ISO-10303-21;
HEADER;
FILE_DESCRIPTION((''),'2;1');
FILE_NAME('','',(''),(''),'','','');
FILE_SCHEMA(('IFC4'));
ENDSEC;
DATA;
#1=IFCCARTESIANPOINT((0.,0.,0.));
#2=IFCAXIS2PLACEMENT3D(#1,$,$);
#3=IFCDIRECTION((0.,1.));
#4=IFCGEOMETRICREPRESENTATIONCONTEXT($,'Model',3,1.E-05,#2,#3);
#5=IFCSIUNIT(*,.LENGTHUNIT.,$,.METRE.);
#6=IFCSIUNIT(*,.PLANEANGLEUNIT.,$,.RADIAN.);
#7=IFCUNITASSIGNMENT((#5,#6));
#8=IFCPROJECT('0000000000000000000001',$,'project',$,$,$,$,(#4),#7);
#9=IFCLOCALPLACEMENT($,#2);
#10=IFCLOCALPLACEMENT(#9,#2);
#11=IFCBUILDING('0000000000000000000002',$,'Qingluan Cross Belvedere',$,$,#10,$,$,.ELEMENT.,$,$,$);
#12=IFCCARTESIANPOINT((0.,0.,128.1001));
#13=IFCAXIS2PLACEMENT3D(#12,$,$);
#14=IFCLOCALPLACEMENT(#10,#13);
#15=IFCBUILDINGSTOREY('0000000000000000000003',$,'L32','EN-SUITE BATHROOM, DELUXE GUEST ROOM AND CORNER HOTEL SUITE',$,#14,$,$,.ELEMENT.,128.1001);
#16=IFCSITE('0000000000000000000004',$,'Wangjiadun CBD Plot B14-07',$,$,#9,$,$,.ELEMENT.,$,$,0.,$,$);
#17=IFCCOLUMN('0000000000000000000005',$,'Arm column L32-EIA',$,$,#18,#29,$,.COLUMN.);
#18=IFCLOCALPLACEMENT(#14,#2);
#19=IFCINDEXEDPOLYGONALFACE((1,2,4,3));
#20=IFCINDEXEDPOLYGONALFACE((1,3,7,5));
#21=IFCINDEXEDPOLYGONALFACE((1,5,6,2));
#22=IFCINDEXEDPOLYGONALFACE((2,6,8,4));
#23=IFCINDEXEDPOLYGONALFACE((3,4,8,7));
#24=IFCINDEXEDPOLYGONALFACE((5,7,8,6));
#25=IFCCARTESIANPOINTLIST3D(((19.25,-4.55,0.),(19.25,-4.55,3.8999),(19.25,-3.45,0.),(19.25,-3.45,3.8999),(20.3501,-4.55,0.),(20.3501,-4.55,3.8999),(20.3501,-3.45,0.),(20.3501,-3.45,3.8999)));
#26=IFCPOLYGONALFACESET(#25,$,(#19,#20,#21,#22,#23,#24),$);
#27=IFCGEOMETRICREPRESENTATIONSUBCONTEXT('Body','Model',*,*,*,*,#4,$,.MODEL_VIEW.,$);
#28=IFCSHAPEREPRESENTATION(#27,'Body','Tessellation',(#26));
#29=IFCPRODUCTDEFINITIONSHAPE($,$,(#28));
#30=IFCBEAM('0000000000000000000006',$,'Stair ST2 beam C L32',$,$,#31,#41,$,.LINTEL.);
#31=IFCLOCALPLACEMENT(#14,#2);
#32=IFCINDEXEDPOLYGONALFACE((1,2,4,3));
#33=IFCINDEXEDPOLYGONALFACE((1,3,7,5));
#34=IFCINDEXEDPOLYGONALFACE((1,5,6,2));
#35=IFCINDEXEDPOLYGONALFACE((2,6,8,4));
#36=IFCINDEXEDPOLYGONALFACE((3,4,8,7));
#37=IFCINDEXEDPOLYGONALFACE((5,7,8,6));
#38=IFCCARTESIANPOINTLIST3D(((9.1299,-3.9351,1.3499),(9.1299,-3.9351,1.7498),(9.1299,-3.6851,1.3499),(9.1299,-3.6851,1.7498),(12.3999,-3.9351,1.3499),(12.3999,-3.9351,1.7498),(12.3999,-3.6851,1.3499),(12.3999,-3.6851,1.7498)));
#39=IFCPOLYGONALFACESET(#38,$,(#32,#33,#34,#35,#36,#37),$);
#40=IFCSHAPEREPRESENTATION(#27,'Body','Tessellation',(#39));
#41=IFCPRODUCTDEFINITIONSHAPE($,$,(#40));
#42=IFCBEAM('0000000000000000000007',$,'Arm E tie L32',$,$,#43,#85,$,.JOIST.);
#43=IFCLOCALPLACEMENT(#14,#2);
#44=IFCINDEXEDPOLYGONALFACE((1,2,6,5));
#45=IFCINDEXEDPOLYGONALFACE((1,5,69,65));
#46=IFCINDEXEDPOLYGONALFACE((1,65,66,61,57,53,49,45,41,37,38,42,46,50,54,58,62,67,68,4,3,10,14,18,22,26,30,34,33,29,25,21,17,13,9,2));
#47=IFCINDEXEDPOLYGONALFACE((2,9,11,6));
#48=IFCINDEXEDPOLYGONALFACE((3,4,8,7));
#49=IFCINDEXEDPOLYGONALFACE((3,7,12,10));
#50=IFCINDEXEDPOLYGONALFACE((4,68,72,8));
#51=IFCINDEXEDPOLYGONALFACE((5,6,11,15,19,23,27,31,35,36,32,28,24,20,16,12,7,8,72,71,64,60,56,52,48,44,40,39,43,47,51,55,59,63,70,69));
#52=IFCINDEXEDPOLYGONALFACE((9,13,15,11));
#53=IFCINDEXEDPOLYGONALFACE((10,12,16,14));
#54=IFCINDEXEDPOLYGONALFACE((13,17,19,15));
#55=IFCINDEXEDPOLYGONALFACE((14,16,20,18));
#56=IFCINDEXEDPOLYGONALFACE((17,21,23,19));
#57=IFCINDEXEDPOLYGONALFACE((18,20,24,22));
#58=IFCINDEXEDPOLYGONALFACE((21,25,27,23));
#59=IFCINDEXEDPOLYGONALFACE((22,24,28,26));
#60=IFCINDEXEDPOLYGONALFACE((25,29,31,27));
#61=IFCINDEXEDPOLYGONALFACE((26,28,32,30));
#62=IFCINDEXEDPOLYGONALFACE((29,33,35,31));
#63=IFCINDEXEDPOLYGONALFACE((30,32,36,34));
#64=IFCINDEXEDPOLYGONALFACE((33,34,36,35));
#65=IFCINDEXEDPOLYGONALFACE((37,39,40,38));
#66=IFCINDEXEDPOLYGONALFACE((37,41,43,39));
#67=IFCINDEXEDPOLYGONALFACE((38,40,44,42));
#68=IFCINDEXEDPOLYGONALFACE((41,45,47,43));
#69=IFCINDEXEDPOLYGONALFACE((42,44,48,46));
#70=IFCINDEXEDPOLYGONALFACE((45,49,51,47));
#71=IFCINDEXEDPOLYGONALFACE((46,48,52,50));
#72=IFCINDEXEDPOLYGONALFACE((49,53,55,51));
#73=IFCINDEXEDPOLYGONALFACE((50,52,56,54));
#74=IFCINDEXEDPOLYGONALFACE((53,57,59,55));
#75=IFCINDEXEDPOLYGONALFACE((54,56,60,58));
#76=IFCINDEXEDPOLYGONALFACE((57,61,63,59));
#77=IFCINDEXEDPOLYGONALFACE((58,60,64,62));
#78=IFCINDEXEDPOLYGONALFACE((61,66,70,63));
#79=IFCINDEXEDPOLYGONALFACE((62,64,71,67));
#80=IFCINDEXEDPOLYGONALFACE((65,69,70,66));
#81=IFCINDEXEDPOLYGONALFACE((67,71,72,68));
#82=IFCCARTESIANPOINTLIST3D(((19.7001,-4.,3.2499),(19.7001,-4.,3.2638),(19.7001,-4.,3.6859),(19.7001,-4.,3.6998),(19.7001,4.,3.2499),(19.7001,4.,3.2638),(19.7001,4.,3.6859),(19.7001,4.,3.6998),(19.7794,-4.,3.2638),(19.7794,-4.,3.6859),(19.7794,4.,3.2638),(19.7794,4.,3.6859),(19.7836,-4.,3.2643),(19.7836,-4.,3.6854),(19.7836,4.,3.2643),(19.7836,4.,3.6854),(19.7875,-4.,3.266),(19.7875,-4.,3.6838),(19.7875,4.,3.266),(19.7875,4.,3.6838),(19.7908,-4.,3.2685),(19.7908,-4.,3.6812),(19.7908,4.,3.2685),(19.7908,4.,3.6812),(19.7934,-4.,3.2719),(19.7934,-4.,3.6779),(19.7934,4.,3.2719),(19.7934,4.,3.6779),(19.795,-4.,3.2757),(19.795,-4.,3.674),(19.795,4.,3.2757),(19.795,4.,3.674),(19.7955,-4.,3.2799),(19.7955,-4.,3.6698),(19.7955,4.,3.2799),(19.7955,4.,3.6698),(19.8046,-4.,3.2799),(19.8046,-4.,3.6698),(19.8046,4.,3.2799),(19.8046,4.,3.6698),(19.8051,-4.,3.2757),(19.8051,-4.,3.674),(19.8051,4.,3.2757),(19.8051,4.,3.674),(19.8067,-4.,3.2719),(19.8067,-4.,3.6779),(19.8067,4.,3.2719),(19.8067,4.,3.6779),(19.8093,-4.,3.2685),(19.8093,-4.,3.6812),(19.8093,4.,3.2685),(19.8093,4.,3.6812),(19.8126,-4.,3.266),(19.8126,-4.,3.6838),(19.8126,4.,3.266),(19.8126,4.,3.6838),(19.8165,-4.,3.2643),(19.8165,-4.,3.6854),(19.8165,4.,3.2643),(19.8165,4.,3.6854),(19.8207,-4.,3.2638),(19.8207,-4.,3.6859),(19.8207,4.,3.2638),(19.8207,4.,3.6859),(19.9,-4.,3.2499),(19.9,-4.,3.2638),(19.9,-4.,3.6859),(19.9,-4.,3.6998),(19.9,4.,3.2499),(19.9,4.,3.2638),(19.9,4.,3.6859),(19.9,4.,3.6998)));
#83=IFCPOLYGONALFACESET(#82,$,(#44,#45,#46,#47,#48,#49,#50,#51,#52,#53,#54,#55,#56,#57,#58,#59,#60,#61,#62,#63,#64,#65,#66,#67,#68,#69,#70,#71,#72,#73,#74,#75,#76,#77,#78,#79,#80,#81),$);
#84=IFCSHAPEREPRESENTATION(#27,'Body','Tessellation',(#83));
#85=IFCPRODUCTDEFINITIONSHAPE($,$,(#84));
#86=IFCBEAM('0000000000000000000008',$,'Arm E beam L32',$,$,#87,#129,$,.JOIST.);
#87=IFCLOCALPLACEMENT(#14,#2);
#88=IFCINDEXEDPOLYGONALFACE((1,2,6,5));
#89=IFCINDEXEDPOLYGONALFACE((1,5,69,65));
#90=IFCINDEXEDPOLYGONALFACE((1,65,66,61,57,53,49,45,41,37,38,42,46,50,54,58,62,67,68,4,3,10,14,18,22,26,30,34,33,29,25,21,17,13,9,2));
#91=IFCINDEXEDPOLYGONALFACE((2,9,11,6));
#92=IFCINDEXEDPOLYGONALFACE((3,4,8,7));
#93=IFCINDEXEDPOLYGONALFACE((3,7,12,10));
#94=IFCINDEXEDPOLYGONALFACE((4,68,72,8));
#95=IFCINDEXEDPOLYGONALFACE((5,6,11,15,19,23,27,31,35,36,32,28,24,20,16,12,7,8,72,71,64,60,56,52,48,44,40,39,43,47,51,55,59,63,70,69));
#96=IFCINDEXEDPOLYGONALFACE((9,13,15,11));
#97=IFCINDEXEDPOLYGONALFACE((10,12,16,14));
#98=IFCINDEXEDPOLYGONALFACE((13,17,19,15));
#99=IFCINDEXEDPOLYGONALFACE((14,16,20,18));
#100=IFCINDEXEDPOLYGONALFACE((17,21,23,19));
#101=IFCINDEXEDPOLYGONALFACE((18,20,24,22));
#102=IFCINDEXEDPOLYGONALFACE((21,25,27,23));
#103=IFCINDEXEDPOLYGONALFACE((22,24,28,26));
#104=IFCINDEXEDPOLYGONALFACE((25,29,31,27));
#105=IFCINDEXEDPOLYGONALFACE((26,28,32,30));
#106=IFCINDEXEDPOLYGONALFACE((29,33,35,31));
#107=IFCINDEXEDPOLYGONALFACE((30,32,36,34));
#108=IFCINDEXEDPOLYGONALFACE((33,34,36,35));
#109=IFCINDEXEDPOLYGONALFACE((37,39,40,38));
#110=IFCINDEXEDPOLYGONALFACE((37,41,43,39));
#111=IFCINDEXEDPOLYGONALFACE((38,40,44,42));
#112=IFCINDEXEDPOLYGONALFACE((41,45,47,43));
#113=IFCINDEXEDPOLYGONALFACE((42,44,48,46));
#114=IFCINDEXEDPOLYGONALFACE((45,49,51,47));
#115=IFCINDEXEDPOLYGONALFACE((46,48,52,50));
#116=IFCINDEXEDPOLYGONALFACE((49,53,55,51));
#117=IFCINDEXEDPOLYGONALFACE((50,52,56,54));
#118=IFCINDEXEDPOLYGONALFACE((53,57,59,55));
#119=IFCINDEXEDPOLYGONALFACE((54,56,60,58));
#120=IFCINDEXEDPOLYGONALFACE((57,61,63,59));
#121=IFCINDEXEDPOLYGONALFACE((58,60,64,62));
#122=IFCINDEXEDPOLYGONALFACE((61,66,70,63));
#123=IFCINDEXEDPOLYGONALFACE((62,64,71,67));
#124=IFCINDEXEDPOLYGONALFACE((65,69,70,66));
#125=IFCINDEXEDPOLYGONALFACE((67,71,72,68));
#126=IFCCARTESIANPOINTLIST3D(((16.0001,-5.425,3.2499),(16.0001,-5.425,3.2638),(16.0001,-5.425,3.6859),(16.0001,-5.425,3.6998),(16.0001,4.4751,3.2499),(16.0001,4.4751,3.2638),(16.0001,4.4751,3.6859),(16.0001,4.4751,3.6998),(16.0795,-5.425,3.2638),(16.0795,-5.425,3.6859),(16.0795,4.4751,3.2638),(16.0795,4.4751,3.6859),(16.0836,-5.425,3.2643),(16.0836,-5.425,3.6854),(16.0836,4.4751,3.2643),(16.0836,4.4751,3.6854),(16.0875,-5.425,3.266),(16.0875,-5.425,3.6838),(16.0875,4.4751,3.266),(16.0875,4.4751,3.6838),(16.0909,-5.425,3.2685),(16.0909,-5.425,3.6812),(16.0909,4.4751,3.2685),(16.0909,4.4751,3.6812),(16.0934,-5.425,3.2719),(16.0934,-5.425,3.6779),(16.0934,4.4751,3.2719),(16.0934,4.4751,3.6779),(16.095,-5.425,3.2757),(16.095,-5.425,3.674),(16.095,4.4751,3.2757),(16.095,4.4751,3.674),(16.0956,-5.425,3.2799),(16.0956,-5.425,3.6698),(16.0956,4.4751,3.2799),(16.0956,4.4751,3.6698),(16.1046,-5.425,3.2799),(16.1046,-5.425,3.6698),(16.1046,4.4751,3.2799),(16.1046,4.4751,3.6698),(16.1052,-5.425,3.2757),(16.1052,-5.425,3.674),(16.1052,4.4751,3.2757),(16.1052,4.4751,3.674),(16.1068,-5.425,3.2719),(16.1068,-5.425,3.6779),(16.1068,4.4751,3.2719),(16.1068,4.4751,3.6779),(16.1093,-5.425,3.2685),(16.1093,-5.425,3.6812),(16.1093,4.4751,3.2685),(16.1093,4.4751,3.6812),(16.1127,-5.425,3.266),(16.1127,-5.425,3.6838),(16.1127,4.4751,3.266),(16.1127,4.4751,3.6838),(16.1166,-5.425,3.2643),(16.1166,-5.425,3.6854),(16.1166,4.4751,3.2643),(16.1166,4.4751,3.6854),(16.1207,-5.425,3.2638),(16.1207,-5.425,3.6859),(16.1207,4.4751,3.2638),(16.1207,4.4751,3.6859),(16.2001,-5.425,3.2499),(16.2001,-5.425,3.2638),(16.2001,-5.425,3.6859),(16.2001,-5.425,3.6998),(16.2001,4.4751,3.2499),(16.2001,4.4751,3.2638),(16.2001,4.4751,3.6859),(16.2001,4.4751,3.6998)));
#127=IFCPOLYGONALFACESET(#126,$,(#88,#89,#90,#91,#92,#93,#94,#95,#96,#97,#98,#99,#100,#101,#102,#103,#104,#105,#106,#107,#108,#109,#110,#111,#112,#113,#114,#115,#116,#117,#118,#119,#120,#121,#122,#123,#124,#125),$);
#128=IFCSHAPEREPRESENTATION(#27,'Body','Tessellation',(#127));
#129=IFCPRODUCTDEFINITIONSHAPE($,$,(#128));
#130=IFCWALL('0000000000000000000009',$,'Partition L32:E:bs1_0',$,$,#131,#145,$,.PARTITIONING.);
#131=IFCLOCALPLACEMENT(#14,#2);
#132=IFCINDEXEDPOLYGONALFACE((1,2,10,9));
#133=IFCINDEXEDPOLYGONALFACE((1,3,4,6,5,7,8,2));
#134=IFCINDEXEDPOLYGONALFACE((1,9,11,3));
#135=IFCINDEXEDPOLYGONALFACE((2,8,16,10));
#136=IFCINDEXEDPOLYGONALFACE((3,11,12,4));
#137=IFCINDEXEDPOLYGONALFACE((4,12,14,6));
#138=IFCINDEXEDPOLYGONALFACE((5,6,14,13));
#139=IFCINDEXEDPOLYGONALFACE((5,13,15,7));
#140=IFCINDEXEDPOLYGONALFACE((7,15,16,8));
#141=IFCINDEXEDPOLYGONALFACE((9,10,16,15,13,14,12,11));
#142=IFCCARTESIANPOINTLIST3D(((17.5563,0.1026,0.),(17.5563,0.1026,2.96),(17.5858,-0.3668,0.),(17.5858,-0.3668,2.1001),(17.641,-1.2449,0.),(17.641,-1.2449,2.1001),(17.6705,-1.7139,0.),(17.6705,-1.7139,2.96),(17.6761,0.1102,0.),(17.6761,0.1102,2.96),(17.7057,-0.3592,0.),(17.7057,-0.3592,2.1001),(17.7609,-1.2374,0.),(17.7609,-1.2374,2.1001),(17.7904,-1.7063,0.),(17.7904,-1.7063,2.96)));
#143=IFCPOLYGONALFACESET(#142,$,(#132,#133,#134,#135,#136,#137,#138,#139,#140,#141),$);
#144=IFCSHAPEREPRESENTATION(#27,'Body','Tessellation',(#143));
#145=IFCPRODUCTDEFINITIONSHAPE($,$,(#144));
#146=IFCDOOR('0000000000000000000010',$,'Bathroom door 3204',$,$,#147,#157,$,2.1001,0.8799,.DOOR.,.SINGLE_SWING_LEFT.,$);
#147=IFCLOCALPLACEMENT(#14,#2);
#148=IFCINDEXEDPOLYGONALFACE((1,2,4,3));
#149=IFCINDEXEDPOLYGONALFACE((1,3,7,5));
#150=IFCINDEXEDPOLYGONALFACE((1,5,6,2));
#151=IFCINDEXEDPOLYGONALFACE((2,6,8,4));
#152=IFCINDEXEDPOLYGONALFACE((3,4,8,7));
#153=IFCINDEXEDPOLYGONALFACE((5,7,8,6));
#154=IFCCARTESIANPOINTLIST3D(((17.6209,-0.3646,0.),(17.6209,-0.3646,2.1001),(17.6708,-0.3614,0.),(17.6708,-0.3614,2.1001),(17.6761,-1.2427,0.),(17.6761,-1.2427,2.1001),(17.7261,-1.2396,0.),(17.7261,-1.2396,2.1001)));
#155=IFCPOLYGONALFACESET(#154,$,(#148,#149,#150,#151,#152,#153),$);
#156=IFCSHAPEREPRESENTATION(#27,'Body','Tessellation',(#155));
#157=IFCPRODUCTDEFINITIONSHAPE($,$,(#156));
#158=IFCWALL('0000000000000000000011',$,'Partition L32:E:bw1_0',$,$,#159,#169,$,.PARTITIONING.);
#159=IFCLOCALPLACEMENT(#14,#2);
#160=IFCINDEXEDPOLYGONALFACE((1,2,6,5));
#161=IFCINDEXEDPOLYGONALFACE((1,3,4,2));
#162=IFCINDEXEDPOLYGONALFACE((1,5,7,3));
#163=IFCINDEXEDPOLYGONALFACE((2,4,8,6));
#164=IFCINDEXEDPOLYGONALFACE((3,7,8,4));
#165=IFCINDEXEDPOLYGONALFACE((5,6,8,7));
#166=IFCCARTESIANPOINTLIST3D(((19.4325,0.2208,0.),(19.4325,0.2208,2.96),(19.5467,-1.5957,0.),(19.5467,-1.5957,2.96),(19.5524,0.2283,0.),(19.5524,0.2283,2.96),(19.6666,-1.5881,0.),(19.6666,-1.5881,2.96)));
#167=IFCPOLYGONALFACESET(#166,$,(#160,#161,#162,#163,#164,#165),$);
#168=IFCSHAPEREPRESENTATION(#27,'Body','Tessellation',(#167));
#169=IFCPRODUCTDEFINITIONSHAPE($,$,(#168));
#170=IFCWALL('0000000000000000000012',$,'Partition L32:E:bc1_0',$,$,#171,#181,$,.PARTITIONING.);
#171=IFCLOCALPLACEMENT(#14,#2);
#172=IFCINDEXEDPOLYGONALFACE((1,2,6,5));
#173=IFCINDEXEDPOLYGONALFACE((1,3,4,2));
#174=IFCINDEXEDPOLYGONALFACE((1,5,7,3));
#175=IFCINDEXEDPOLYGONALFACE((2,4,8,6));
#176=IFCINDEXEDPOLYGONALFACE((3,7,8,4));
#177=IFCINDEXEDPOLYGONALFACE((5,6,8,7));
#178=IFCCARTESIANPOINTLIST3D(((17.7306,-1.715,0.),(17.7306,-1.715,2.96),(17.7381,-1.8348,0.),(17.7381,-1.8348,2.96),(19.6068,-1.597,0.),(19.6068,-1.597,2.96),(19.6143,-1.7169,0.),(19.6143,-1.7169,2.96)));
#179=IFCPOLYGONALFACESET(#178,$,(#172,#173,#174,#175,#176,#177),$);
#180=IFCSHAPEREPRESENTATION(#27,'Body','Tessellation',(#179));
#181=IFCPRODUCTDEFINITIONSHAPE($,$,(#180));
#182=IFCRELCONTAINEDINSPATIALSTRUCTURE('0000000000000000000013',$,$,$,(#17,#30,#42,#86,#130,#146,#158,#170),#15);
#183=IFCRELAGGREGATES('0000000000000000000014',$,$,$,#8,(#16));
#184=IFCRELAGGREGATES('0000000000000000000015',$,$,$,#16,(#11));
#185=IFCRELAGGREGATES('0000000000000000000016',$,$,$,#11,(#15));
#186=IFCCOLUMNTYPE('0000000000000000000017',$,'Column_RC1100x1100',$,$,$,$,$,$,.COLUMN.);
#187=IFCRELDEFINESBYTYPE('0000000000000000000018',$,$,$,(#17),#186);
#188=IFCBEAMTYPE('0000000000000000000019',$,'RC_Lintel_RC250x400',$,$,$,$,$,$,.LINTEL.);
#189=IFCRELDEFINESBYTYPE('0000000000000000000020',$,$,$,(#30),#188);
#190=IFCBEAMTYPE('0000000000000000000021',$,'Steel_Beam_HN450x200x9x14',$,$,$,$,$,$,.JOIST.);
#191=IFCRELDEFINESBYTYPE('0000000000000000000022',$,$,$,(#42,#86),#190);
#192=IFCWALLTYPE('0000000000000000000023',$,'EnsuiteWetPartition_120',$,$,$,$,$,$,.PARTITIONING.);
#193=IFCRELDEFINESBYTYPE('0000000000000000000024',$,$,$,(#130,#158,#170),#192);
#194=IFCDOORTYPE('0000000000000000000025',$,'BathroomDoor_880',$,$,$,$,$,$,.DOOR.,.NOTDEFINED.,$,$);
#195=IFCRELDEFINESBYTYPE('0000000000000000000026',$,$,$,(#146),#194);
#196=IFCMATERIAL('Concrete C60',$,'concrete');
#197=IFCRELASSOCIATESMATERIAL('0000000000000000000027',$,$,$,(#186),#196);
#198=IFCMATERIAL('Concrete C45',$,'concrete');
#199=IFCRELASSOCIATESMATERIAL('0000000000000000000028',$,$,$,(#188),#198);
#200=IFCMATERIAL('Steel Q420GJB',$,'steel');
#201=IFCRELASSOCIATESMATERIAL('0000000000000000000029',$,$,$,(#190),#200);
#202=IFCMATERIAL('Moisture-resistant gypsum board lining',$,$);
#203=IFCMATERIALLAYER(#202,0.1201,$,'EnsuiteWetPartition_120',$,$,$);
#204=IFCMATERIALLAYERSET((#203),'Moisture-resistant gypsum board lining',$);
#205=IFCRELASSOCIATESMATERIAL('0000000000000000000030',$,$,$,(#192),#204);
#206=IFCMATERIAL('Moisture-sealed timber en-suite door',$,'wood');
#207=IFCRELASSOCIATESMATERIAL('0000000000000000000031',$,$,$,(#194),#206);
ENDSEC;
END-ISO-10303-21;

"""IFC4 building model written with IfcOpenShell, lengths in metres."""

from ifc_helpers import new_model, si_unit, direction, frame, frame_2d, origin, origin_2d, place, context, subcontext, project, spatial, rectangle, i_section, extrude, material, layer, layer_set, material_profile, profile_set, type_object, element, fill, save


model = new_model("IFC4")

# Units and contexts
model_context = context("Model", 3, precision=1e-05, world=origin(), true_north=direction((0.0, 1.0)))
body_context = subcontext(model_context, "Body", "Model", "MODEL_VIEW")
ifc_project = project(units=[si_unit("LENGTHUNIT", "METRE"), si_unit("PLANEANGLEUNIT", "RADIAN")], contexts=[model_context])

# Site, building, storey
site_placement = place(None, origin())
site = spatial("IfcSite", under=ifc_project, at=site_placement, Name="Wangjiadun CBD Plot B14-07", CompositionType="ELEMENT", RefElevation=0.0)
building_placement = place(site_placement, origin())
building = spatial("IfcBuilding", under=site, at=building_placement, Name="Qingluan Cross Belvedere", CompositionType="ELEMENT")
storey_placement = place(building_placement, frame((0.0, 0.0, 128.1001)))
storey = spatial("IfcBuildingStorey", under=building, at=storey_placement, Name="L32", Description="EN-SUITE BATHROOM, DELUXE GUEST ROOM AND CORNER HOTEL SUITE", CompositionType="ELEMENT", Elevation=128.1001)

# Column
ifc_material_1 = material(Name="Concrete C60", Category="concrete")
ifc_material_profile_1 = material_profile(ifc_material_1, rectangle(XDim=1.1001, YDim=1.1001, at=origin_2d()), Name="RC1100x1100")
ifc_profile_set_1 = profile_set([ifc_material_profile_1], Name="Concrete C60")
column_type = type_object("IfcColumnType", Name="Column_RC1100x1100", PredefinedType="COLUMN", material=ifc_profile_set_1)
column_placement = place(storey_placement, frame((19.8, -4.0, 0.0), z_axis=(0.0, 0.0, 1.0), x_axis=(1.0, 0.0, 0.0)))
element("IfcColumn", 1, at=column_placement, inside=storey, type_object=column_type, Name="Arm column L32-EIA", PredefinedType="COLUMN", context=body_context, shape_type="SweptSolid", body=[
    extrude(rectangle(XDim=1.1001, YDim=1.1001, at=origin_2d()), origin(), (0.0, 0.0, 1.0), 3.8999),
])

# Beams
ifc_material_2 = material(Name="Concrete C45", Category="concrete")
ifc_material_profile_2 = material_profile(ifc_material_2, rectangle(XDim=0.25, YDim=0.3999, at=origin_2d()), Name="RC250x400")
ifc_profile_set_2 = profile_set([ifc_material_profile_2], Name="Concrete C45")
beam_type_1 = type_object("IfcBeamType", Name="RC_Lintel_RC250x400", PredefinedType="LINTEL", material=ifc_profile_set_2)
beam_1_placement = place(storey_placement, frame((12.3999, -3.8101, 1.5498), z_axis=(-1.0, 0.0, 0.0), x_axis=(0.0, -1.0, 0.0)))
element("IfcBeam", 2, at=beam_1_placement, inside=storey, type_object=beam_type_1, Name="Stair ST2 beam C L32", PredefinedType="LINTEL", context=body_context, shape_type="SweptSolid", body=[
    extrude(rectangle(XDim=0.25, YDim=0.3999, at=origin_2d()), origin(), (0.0, 0.0, 1.0), 3.27),
])
ifc_material_3 = material(Name="Steel Q420GJB", Category="steel")
ifc_material_profile_3 = material_profile(ifc_material_3, i_section(OverallWidth=0.2, OverallDepth=0.45, WebThickness=0.009, FlangeThickness=0.0139, FilletRadius=0.0161, at=origin_2d()), Name="HN450x200x9x14")
ifc_profile_set_3 = profile_set([ifc_material_profile_3], Name="Steel Q420GJB")
beam_type_2 = type_object("IfcBeamType", Name="Steel_Beam_HN450x200x9x14", PredefinedType="JOIST", material=ifc_profile_set_3)
beam_2_placement = place(storey_placement, frame((19.8, -4.0, 3.4749), z_axis=(0.0, 1.0, 0.0), x_axis=(-1.0, 0.0, 0.0)))
element("IfcBeam", 3, at=beam_2_placement, inside=storey, type_object=beam_type_2, Name="Arm E tie L32", PredefinedType="JOIST", context=body_context, shape_type="SweptSolid", body=[
    extrude(i_section(OverallWidth=0.2, OverallDepth=0.45, WebThickness=0.009, FlangeThickness=0.0139, FilletRadius=0.0161, at=origin_2d()), origin(), (0.0, 0.0, 1.0), 8.0),
])
beam_3_placement = place(storey_placement, frame((16.1001, -5.425, 3.4749), z_axis=(0.0, 1.0, 0.0), x_axis=(-1.0, 0.0, 0.0)))
element("IfcBeam", 4, at=beam_3_placement, inside=storey, type_object=beam_type_2, Name="Arm E beam L32", PredefinedType="JOIST", context=body_context, shape_type="SweptSolid", body=[
    extrude(i_section(OverallWidth=0.2, OverallDepth=0.45, WebThickness=0.009, FlangeThickness=0.0139, FilletRadius=0.0161, at=origin_2d()), origin(), (0.0, 0.0, 1.0), 9.9001),
])

# Wall, opening, door
ifc_material_4 = material(Name="Moisture-resistant gypsum board lining")
ifc_layer_1 = layer(ifc_material_4, 0.1201, Name="EnsuiteWetPartition_120")
ifc_layer_set_1 = layer_set([ifc_layer_1], Name="Moisture-resistant gypsum board lining")
wall_type_1 = type_object("IfcWallType", Name="EnsuiteWetPartition_120", PredefinedType="PARTITIONING", material=ifc_layer_set_1)
wall_1_placement = place(storey_placement, frame((17.7305, -1.7102, 0.0), z_axis=(0.0, 0.0, 1.0), x_axis=(-0.062779, 0.998027, 0.0)))
wall_1 = element("IfcWall", 5, at=wall_1_placement, inside=storey, type_object=wall_type_1, Name="Partition L32:E:bs1_0", PredefinedType="PARTITIONING", context=body_context, shape_type="SweptSolid", body=[
    extrude(rectangle(XDim=1.8201, YDim=0.1201, at=frame_2d((0.9102, 0.0))), origin(), (0.0, 0.0, 1.0), 2.96),
])
opening_1_placement = place(wall_1_placement, frame((0.47, 0.0, 0.0)))
opening_1 = element("IfcOpeningElement", 6, at=opening_1_placement, cuts=wall_1, PredefinedType="OPENING", context=body_context, shape_type="SweptSolid", body=[
    extrude(rectangle(XDim=0.8799, YDim=2.1001, at=frame_2d((0.4399, 1.05))), frame((0.0, 0.0701, 0.0), z_axis=(0.0, -1.0, 0.0), x_axis=(1.0, 0.0, 0.0)), (0.0, 0.0, 1.0), 0.1401),
])
ifc_material_5 = material(Name="Moisture-sealed timber en-suite door", Category="wood")
door_type = type_object("IfcDoorType", Name="BathroomDoor_880", OperationType="NOTDEFINED", PredefinedType="DOOR", material=ifc_material_5)
door_1_placement = place(opening_1_placement, origin())
door_1 = element("IfcDoor", 7, at=door_1_placement, inside=storey, type_object=door_type, Name="Bathroom door 3204", OperationType="SINGLE_SWING_LEFT", OverallHeight=2.1001, OverallWidth=0.8799, PredefinedType="DOOR", context=body_context, shape_type="SweptSolid", body=[
    extrude(rectangle(XDim=0.8799, YDim=2.1001, at=frame_2d((0.4399, 1.05))), frame((0.0, 0.0249, 0.0), z_axis=(0.0, -1.0, 0.0), x_axis=(1.0, 0.0, 0.0)), (0.0, 0.0, 1.0), 0.05),
])
fill(opening_1, door_1)

# Walls
wall_2_placement = place(storey_placement, frame((19.6067, -1.592, 0.0), z_axis=(0.0, 0.0, 1.0), x_axis=(-0.062779, 0.998027, 0.0)))
element("IfcWall", 8, at=wall_2_placement, inside=storey, type_object=wall_type_1, Name="Partition L32:E:bw1_0", PredefinedType="PARTITIONING", context=body_context, shape_type="SweptSolid", body=[
    extrude(rectangle(XDim=1.8201, YDim=0.1201, at=frame_2d((0.9102, 0.0))), origin(), (0.0, 0.0, 1.0), 2.96),
])
wall_3_placement = place(storey_placement, frame((17.7344, -1.7749, 0.0), z_axis=(0.0, 0.0, 1.0), x_axis=(0.998031, 0.062726, 0.0)))
element("IfcWall", 9, at=wall_3_placement, inside=storey, type_object=wall_type_1, Name="Partition L32:E:bc1_0", PredefinedType="PARTITIONING", context=body_context, shape_type="SweptSolid", body=[
    extrude(rectangle(XDim=1.8799, YDim=0.1201, at=frame_2d((0.9399, 0.0))), origin(), (0.0, 0.0, 1.0), 2.96),
])

save(model, "model.ifc")
